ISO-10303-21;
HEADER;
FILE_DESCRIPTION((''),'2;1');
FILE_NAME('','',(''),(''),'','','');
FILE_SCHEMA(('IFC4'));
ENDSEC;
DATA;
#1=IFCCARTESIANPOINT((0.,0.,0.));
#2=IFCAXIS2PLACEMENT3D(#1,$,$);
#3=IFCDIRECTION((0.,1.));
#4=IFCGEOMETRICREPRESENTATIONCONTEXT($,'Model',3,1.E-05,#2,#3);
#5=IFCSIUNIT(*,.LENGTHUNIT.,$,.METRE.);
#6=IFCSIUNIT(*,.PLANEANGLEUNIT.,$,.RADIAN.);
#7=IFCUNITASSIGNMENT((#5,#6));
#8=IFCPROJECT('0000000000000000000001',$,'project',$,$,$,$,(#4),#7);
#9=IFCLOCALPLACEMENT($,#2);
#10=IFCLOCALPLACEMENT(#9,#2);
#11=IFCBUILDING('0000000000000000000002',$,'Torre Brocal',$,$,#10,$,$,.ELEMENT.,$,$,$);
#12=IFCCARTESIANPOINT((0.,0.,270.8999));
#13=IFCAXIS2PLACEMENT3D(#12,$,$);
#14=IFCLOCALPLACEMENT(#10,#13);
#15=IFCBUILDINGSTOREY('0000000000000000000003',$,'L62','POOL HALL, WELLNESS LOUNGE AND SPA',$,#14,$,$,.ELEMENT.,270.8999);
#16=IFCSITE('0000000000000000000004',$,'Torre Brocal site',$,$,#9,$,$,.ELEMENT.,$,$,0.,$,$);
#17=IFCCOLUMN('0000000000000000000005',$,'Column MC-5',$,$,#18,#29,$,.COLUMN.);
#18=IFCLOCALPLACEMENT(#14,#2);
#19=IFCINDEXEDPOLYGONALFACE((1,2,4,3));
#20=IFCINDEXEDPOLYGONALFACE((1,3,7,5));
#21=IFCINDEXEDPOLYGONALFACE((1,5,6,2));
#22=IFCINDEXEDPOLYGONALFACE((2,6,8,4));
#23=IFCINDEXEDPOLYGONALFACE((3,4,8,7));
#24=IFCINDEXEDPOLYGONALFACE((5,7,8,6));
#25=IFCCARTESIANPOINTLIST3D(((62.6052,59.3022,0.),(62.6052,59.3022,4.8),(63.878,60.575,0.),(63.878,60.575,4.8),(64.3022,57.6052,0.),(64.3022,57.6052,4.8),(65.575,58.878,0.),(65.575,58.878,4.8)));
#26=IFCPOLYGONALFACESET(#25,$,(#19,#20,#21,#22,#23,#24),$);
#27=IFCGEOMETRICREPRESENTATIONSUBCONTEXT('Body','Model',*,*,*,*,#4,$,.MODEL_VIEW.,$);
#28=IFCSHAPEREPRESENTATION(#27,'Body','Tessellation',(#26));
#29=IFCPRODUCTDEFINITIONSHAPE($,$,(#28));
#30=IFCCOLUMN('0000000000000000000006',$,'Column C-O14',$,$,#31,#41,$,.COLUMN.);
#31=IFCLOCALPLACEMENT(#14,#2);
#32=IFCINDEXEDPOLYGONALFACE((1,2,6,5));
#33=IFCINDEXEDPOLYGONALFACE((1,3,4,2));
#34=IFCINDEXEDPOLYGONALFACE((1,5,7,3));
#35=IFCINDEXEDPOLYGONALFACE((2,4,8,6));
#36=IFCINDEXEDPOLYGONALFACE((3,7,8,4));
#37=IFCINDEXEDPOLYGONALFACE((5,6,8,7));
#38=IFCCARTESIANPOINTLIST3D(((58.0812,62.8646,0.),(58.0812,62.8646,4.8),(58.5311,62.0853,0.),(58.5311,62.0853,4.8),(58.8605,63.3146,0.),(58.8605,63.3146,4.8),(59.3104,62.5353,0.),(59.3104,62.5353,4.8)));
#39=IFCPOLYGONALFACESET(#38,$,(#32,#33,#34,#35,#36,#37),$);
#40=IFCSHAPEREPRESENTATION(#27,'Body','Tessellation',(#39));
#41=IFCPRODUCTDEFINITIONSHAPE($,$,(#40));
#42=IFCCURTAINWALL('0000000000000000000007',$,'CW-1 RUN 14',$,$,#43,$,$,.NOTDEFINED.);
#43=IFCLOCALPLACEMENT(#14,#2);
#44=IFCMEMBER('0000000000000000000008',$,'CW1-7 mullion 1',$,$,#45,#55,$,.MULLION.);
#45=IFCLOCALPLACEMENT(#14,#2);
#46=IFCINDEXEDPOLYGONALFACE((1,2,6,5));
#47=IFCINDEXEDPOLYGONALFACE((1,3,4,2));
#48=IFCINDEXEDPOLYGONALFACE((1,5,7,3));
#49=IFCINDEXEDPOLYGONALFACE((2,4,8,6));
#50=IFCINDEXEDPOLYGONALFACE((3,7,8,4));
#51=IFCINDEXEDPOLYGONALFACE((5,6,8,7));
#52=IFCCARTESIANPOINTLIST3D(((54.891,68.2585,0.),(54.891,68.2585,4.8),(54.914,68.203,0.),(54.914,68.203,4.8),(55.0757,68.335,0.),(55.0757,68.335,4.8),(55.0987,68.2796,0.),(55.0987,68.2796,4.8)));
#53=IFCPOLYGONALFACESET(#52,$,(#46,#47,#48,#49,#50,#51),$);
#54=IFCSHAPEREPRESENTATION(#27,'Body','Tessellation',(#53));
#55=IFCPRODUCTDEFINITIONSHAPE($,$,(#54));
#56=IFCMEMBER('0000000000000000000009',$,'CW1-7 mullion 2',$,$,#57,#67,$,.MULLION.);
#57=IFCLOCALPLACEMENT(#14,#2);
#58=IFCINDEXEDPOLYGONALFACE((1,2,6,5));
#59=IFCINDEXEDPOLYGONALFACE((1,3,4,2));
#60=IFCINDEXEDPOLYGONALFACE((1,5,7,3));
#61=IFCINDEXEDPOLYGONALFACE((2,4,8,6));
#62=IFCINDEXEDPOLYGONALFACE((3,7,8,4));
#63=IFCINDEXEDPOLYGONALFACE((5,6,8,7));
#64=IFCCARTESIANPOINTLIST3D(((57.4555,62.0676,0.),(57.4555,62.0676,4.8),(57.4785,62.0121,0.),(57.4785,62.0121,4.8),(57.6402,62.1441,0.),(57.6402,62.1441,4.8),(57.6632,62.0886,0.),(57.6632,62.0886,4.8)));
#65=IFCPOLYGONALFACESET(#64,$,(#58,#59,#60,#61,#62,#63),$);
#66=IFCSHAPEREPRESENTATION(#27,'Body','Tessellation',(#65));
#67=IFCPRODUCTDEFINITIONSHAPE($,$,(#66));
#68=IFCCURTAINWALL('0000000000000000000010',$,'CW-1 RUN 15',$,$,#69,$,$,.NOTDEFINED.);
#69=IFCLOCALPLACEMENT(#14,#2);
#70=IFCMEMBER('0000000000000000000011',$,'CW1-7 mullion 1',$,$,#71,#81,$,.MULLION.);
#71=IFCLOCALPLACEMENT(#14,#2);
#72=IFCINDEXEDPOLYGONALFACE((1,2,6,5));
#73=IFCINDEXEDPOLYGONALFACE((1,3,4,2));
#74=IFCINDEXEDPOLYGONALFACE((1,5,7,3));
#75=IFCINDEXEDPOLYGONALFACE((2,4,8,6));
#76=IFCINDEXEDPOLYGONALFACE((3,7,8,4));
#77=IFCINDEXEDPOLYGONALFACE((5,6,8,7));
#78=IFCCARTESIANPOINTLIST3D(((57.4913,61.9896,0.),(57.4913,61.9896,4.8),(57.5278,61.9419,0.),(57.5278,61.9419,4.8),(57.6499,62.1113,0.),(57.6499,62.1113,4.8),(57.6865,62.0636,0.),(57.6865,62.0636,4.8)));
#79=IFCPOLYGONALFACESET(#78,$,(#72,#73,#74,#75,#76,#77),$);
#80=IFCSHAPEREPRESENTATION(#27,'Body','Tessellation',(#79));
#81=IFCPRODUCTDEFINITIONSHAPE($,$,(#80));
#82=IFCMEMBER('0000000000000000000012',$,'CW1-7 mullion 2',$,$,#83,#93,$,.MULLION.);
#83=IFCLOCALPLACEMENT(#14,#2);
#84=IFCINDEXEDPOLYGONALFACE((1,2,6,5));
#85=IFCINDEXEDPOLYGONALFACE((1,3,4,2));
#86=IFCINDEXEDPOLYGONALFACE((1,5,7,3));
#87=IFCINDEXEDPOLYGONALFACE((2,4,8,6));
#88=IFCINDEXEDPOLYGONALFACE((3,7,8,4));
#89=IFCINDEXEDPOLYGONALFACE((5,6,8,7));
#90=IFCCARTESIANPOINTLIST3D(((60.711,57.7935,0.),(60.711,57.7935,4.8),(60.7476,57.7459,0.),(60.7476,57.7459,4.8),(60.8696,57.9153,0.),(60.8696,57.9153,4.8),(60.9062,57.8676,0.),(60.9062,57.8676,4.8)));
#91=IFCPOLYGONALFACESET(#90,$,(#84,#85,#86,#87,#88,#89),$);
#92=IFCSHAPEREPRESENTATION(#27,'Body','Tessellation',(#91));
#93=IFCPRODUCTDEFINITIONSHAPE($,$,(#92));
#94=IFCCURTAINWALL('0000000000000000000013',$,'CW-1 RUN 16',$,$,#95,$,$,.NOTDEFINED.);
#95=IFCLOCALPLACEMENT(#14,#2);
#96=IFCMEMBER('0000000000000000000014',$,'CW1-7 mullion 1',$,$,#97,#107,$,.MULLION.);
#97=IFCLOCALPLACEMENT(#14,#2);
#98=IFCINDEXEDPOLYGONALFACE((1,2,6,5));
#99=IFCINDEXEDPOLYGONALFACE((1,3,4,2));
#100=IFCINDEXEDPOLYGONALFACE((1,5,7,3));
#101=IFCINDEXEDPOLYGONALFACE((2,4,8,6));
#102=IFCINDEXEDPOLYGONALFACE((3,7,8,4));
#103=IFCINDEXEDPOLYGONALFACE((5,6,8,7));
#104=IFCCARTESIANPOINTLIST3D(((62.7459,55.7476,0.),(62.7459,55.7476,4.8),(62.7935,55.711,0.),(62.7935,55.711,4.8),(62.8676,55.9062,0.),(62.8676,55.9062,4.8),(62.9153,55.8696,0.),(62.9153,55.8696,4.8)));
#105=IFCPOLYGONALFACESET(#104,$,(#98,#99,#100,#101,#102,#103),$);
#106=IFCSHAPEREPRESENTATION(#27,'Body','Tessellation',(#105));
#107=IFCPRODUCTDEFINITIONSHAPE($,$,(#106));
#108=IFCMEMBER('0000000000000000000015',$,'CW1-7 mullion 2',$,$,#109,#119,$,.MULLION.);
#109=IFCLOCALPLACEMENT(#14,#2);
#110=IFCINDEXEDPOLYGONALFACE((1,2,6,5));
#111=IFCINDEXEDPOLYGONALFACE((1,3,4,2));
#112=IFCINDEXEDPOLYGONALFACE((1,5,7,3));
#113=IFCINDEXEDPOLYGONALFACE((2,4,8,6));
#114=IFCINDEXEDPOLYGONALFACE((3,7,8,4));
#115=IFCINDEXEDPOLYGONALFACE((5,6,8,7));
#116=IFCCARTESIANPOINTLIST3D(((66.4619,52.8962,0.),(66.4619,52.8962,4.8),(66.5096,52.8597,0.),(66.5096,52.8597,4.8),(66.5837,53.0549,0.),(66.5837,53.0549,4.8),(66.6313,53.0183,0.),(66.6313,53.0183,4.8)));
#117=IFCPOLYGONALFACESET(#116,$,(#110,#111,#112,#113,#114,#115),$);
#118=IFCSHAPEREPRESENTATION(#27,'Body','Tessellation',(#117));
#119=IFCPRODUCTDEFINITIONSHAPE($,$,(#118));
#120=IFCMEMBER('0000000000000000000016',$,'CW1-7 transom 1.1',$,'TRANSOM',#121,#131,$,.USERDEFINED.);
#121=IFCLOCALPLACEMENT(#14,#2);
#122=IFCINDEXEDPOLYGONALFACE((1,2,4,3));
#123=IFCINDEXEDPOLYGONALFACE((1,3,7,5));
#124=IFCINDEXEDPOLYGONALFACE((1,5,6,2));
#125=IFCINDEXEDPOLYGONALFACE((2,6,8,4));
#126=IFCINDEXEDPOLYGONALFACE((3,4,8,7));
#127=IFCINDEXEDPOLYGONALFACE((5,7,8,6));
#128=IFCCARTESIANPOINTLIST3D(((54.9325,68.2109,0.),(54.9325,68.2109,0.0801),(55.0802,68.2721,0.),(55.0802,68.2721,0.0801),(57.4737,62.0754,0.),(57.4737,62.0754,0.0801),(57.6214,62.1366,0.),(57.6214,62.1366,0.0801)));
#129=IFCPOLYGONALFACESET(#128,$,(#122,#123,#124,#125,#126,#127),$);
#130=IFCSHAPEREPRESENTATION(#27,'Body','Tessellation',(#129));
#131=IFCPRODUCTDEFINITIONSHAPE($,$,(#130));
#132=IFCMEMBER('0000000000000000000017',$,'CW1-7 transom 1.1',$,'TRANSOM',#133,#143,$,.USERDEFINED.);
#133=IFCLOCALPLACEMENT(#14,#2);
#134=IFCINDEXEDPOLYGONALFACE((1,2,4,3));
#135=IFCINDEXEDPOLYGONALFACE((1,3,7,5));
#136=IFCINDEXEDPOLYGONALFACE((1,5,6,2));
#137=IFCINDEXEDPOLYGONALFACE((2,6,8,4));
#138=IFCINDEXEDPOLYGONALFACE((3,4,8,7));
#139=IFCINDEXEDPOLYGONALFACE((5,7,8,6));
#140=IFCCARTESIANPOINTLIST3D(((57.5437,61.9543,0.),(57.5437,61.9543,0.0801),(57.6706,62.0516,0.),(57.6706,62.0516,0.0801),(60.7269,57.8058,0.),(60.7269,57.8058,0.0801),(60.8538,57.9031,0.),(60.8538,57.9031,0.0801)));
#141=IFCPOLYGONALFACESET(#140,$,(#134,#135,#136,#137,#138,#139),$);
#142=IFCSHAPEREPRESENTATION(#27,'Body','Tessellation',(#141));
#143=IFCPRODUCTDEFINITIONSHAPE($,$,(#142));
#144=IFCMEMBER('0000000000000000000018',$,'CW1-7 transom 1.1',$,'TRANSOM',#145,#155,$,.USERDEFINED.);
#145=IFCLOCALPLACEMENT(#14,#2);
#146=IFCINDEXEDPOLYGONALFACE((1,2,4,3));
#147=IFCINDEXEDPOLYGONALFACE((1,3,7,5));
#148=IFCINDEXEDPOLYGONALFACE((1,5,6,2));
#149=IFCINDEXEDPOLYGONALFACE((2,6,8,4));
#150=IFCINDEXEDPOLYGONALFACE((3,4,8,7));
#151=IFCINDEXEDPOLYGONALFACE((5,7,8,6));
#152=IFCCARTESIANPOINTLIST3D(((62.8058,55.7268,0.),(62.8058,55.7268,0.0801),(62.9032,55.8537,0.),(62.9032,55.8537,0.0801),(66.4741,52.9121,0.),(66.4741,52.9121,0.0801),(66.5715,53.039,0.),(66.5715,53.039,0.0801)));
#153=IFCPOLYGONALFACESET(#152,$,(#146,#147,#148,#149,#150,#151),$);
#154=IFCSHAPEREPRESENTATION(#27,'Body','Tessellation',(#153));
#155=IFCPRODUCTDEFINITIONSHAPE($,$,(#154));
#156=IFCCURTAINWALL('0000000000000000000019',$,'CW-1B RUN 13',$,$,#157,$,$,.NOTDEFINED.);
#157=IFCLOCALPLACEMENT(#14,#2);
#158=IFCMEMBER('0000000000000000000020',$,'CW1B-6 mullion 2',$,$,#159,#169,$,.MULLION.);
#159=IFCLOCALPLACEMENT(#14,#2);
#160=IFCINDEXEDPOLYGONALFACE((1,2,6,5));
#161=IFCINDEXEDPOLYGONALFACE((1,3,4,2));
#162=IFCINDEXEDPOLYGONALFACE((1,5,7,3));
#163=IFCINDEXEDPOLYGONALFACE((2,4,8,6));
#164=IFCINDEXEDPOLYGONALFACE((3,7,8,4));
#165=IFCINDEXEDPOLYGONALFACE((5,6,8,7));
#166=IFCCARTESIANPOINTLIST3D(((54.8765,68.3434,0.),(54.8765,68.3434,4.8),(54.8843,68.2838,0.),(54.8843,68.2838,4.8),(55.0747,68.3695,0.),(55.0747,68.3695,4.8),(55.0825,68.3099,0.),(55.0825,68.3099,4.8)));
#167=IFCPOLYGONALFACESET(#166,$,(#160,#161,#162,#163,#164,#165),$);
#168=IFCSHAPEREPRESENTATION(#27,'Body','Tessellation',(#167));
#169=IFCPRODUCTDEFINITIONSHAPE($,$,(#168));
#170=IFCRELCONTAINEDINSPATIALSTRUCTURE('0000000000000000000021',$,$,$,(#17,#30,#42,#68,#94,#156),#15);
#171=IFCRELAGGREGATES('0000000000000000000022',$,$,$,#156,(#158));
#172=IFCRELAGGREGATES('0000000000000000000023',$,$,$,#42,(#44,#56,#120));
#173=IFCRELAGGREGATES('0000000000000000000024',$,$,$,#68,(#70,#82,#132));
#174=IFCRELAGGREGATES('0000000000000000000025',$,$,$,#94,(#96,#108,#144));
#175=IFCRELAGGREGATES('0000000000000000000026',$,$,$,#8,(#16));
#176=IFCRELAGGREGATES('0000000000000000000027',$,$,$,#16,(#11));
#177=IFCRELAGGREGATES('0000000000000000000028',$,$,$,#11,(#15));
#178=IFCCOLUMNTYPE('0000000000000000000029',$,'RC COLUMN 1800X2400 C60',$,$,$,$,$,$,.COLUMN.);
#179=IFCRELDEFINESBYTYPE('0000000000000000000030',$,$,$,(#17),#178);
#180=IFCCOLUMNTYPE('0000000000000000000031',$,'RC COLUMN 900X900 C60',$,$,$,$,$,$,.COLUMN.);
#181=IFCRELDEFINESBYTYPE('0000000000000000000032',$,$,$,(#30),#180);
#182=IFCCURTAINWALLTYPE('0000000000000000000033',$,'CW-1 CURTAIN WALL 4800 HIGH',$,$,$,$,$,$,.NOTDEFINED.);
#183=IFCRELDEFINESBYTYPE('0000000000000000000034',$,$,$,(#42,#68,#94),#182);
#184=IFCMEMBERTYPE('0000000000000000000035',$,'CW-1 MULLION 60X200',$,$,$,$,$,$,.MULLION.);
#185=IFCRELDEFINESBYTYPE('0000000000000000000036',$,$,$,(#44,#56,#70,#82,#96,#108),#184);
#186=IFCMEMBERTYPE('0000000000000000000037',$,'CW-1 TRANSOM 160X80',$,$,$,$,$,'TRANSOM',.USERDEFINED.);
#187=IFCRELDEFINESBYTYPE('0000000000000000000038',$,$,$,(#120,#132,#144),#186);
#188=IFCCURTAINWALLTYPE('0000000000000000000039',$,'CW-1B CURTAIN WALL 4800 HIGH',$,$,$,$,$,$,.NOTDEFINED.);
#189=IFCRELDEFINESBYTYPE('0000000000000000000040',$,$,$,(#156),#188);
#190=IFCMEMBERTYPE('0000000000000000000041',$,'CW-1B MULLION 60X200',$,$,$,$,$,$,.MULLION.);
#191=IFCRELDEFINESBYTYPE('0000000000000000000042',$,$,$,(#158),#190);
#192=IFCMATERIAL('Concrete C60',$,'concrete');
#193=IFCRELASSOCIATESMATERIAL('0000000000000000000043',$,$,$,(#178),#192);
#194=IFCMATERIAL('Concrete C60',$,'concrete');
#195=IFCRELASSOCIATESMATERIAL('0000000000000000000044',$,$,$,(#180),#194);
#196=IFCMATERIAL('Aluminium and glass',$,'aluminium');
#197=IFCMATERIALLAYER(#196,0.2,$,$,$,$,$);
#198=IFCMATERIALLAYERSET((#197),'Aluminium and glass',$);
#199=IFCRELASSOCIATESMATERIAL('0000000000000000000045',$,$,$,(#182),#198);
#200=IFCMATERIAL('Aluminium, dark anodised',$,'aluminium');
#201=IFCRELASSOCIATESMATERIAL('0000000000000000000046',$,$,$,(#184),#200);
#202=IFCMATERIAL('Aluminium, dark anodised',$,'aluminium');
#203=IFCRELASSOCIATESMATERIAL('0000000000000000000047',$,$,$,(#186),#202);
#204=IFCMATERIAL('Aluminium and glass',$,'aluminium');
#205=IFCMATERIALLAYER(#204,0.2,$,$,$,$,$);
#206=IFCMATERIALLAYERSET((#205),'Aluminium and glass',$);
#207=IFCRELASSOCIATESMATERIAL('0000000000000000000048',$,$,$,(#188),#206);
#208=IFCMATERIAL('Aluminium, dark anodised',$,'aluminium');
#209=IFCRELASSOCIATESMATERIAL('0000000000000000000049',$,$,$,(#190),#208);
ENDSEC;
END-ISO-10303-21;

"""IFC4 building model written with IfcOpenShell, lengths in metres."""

from ifc_helpers import new_model, si_unit, direction, frame, origin, origin_2d, place, context, subcontext, project, spatial, rectangle, extrude, material, layer, layer_set, material_profile, profile_set, type_object, element, aggregate, save


model = new_model("IFC4")

# Units and contexts
model_context = context("Model", 3, precision=1e-05, world=origin(), true_north=direction((0.0, 1.0)))
body_context = subcontext(model_context, "Body", "Model", "MODEL_VIEW")
ifc_project = project(units=[si_unit("LENGTHUNIT", "METRE"), si_unit("PLANEANGLEUNIT", "RADIAN")], contexts=[model_context])

# Site, building, storey
site_placement = place(None, origin())
site = spatial("IfcSite", under=ifc_project, at=site_placement, Name="Torre Brocal site", CompositionType="ELEMENT", RefElevation=0.0)
building_placement = place(site_placement, origin())
building = spatial("IfcBuilding", under=site, at=building_placement, Name="Torre Brocal", CompositionType="ELEMENT")
storey_placement = place(building_placement, frame((0.0, 0.0, 270.8999)))
storey = spatial("IfcBuildingStorey", under=building, at=storey_placement, Name="L62", Description="POOL HALL, WELLNESS LOUNGE AND SPA", CompositionType="ELEMENT", Elevation=270.8999)

# Columns
ifc_material_1 = material(Name="Concrete C60", Category="concrete")
ifc_material_profile_1 = material_profile(ifc_material_1, rectangle(XDim=1.8, YDim=2.3999, at=origin_2d()), Name="RC 1800X2400")
ifc_profile_set_1 = profile_set([ifc_material_profile_1], Name="Concrete C60")
column_type_1 = type_object("IfcColumnType", Name="RC COLUMN 1800X2400 C60", PredefinedType="COLUMN", material=ifc_profile_set_1)
column_1_placement = place(storey_placement, frame((64.0901, 59.0901, 0.0), z_axis=(0.0, 0.0, 1.0), x_axis=(-0.707107, -0.707107, 0.0)))
element("IfcColumn", 1, at=column_1_placement, inside=storey, type_object=column_type_1, Name="Column MC-5", PredefinedType="COLUMN", context=body_context, shape_type="SweptSolid", body=[
    extrude(rectangle(XDim=1.8, YDim=2.3999, at=origin_2d()), origin(), (0.0, 0.0, 1.0), 4.8),
])
ifc_material_2 = material(Name="Concrete C60", Category="concrete")
ifc_material_profile_2 = material_profile(ifc_material_2, rectangle(XDim=0.8999, YDim=0.8999, at=origin_2d()), Name="RC 900X900")
ifc_profile_set_2 = profile_set([ifc_material_profile_2], Name="Concrete C60")
column_type_2 = type_object("IfcColumnType", Name="RC COLUMN 900X900 C60", PredefinedType="COLUMN", material=ifc_profile_set_2)
column_2_placement = place(storey_placement, frame((58.6958, 62.7, 0.0), z_axis=(0.0, 0.0, 1.0), x_axis=(-0.866025, -0.5, 0.0)))
element("IfcColumn", 2, at=column_2_placement, inside=storey, type_object=column_type_2, Name="Column C-O14", PredefinedType="COLUMN", context=body_context, shape_type="SweptSolid", body=[
    extrude(rectangle(XDim=0.8999, YDim=0.8999, at=origin_2d()), origin(), (0.0, 0.0, 1.0), 4.8),
])

# Curtain walls, members
ifc_material_3 = material(Name="Aluminium and glass", Category="aluminium")
ifc_layer_1 = layer(ifc_material_3, 0.2)
ifc_layer_set_1 = layer_set([ifc_layer_1], Name="Aluminium and glass")
curtain_wall_type_1 = type_object("IfcCurtainWallType", Name="CW-1 CURTAIN WALL 4800 HIGH", PredefinedType="NOTDEFINED", material=ifc_layer_set_1)
curtain_wall_1_placement = place(storey_placement, origin())
curtain_wall_1 = element("IfcCurtainWall", 3, at=curtain_wall_1_placement, inside=storey, type_object=curtain_wall_type_1, Name="CW-1 RUN 14", PredefinedType="NOTDEFINED")
ifc_material_4 = material(Name="Aluminium, dark anodised", Category="aluminium")
ifc_material_profile_3 = material_profile(ifc_material_4, rectangle(XDim=0.2, YDim=0.0601, at=origin_2d()), Name="CW-1 MULLION 60X200")
ifc_profile_set_3 = profile_set([ifc_material_profile_3], Name="Aluminium, dark anodised")
member_type_1 = type_object("IfcMemberType", Name="CW-1 MULLION 60X200", PredefinedType="MULLION", material=ifc_profile_set_3)
member_1_placement = place(storey_placement, frame((54.9949, 68.269, 0.0), z_axis=(0.0, 0.0, 1.0), x_axis=(0.92388, 0.382683, 0.0)))
member_1 = element("IfcMember", 4, at=member_1_placement, type_object=member_type_1, Name="CW1-7 mullion 1", PredefinedType="MULLION", context=body_context, shape_type="SweptSolid", body=[
    extrude(rectangle(XDim=0.2, YDim=0.0601, at=origin_2d()), origin(), (0.0, 0.0, 1.0), 4.8),
])
member_2_placement = place(storey_placement, frame((57.5593, 62.0781, 0.0), z_axis=(0.0, 0.0, 1.0), x_axis=(0.92388, 0.382683, 0.0)))
member_2 = element("IfcMember", 5, at=member_2_placement, type_object=member_type_1, Name="CW1-7 mullion 2", PredefinedType="MULLION", context=body_context, shape_type="SweptSolid", body=[
    extrude(rectangle(XDim=0.2, YDim=0.0601, at=origin_2d()), origin(), (0.0, 0.0, 1.0), 4.8),
])
curtain_wall_2_placement = place(storey_placement, origin())
curtain_wall_2 = element("IfcCurtainWall", 6, at=curtain_wall_2_placement, inside=storey, type_object=curtain_wall_type_1, Name="CW-1 RUN 15", PredefinedType="NOTDEFINED")
member_3_placement = place(storey_placement, frame((57.5889, 62.0266, 0.0), z_axis=(0.0, 0.0, 1.0), x_axis=(0.793353, 0.608761, 0.0)))
member_3 = element("IfcMember", 7, at=member_3_placement, type_object=member_type_1, Name="CW1-7 mullion 1", PredefinedType="MULLION", context=body_context, shape_type="SweptSolid", body=[
    extrude(rectangle(XDim=0.2, YDim=0.0601, at=origin_2d()), origin(), (0.0, 0.0, 1.0), 4.8),
])
member_4_placement = place(storey_placement, frame((60.8086, 57.8306, 0.0), z_axis=(0.0, 0.0, 1.0), x_axis=(0.793353, 0.608761, 0.0)))
member_4 = element("IfcMember", 8, at=member_4_placement, type_object=member_type_1, Name="CW1-7 mullion 2", PredefinedType="MULLION", context=body_context, shape_type="SweptSolid", body=[
    extrude(rectangle(XDim=0.2, YDim=0.0601, at=origin_2d()), origin(), (0.0, 0.0, 1.0), 4.8),
])
curtain_wall_3_placement = place(storey_placement, origin())
curtain_wall_3 = element("IfcCurtainWall", 9, at=curtain_wall_3_placement, inside=storey, type_object=curtain_wall_type_1, Name="CW-1 RUN 16", PredefinedType="NOTDEFINED")
member_5_placement = place(storey_placement, frame((62.8306, 55.8086, 0.0), z_axis=(0.0, 0.0, 1.0), x_axis=(0.608761, 0.793353, 0.0)))
member_5 = element("IfcMember", 10, at=member_5_placement, type_object=member_type_1, Name="CW1-7 mullion 1", PredefinedType="MULLION", context=body_context, shape_type="SweptSolid", body=[
    extrude(rectangle(XDim=0.2, YDim=0.0601, at=origin_2d()), origin(), (0.0, 0.0, 1.0), 4.8),
])
member_6_placement = place(storey_placement, frame((66.5466, 52.9573, 0.0), z_axis=(0.0, 0.0, 1.0), x_axis=(0.608761, 0.793353, 0.0)))
member_6 = element("IfcMember", 11, at=member_6_placement, type_object=member_type_1, Name="CW1-7 mullion 2", PredefinedType="MULLION", context=body_context, shape_type="SweptSolid", body=[
    extrude(rectangle(XDim=0.2, YDim=0.0601, at=origin_2d()), origin(), (0.0, 0.0, 1.0), 4.8),
])

# Members
ifc_material_5 = material(Name="Aluminium, dark anodised", Category="aluminium")
ifc_material_profile_4 = material_profile(ifc_material_5, rectangle(XDim=0.1599, YDim=0.0801, at=origin_2d()), Name="CW-1 TRANSOM 160X80")
ifc_profile_set_4 = profile_set([ifc_material_profile_4], Name="Aluminium, dark anodised")
member_type_2 = type_object("IfcMemberType", Name="CW-1 TRANSOM 160X80", ElementType="TRANSOM", PredefinedType="USERDEFINED", material=ifc_profile_set_4)
member_7_placement = place(storey_placement, frame((55.0063, 68.2415, 0.04), z_axis=(0.382665, -0.923887, 0.0), x_axis=(0.923887, 0.382665, 0.0)))
member_7 = element("IfcMember", 12, at=member_7_placement, type_object=member_type_2, Name="CW1-7 transom 1.1", ObjectType="TRANSOM", PredefinedType="USERDEFINED", context=body_context, shape_type="SweptSolid", body=[
    extrude(rectangle(XDim=0.1599, YDim=0.0801, at=origin_2d()), origin(), (0.0, 0.0, 1.0), 6.6409),
])
member_8_placement = place(storey_placement, frame((57.6072, 62.0029, 0.04), z_axis=(0.608749, -0.793363, 0.0), x_axis=(0.793363, 0.608749, 0.0)))
member_8 = element("IfcMember", 13, at=member_8_placement, type_object=member_type_2, Name="CW1-7 transom 1.1", ObjectType="TRANSOM", PredefinedType="USERDEFINED", context=body_context, shape_type="SweptSolid", body=[
    extrude(rectangle(XDim=0.1599, YDim=0.0801, at=origin_2d()), origin(), (0.0, 0.0, 1.0), 5.229),
])
member_9_placement = place(storey_placement, frame((62.8545, 55.7903, 0.04), z_axis=(0.793356, -0.608759, 0.0), x_axis=(0.608759, 0.793356, 0.0)))
member_9 = element("IfcMember", 14, at=member_9_placement, type_object=member_type_2, Name="CW1-7 transom 1.1", ObjectType="TRANSOM", PredefinedType="USERDEFINED", context=body_context, shape_type="SweptSolid", body=[
    extrude(rectangle(XDim=0.1599, YDim=0.0801, at=origin_2d()), origin(), (0.0, 0.0, 1.0), 4.6238),
])

# Curtain wall, member
ifc_material_6 = material(Name="Aluminium and glass", Category="aluminium")
ifc_layer_2 = layer(ifc_material_6, 0.2)
ifc_layer_set_2 = layer_set([ifc_layer_2], Name="Aluminium and glass")
curtain_wall_type_2 = type_object("IfcCurtainWallType", Name="CW-1B CURTAIN WALL 4800 HIGH", PredefinedType="NOTDEFINED", material=ifc_layer_set_2)
curtain_wall_4_placement = place(storey_placement, origin())
curtain_wall_4 = element("IfcCurtainWall", 15, at=curtain_wall_4_placement, inside=storey, type_object=curtain_wall_type_2, Name="CW-1B RUN 13", PredefinedType="NOTDEFINED")
ifc_material_7 = material(Name="Aluminium, dark anodised", Category="aluminium")
ifc_material_profile_5 = material_profile(ifc_material_7, rectangle(XDim=0.2, YDim=0.0601, at=origin_2d()), Name="CW-1B MULLION 60X200")
ifc_profile_set_5 = profile_set([ifc_material_profile_5], Name="Aluminium, dark anodised")
member_type_3 = type_object("IfcMemberType", Name="CW-1B MULLION 60X200", PredefinedType="MULLION", material=ifc_profile_set_5)
member_10_placement = place(storey_placement, frame((54.9795, 68.3267, 0.0), z_axis=(0.0, 0.0, 1.0), x_axis=(0.991445, 0.130526, 0.0)))
member_10 = element("IfcMember", 16, at=member_10_placement, type_object=member_type_3, Name="CW1B-6 mullion 2", PredefinedType="MULLION", context=body_context, shape_type="SweptSolid", body=[
    extrude(rectangle(XDim=0.2, YDim=0.0601, at=origin_2d()), origin(), (0.0, 0.0, 1.0), 4.8),
])
aggregate(curtain_wall_4, [member_10])

aggregate(curtain_wall_1, [member_1, member_2, member_7])
aggregate(curtain_wall_2, [member_3, member_4, member_8])
aggregate(curtain_wall_3, [member_5, member_6, member_9])

save(model, "model.ifc")
